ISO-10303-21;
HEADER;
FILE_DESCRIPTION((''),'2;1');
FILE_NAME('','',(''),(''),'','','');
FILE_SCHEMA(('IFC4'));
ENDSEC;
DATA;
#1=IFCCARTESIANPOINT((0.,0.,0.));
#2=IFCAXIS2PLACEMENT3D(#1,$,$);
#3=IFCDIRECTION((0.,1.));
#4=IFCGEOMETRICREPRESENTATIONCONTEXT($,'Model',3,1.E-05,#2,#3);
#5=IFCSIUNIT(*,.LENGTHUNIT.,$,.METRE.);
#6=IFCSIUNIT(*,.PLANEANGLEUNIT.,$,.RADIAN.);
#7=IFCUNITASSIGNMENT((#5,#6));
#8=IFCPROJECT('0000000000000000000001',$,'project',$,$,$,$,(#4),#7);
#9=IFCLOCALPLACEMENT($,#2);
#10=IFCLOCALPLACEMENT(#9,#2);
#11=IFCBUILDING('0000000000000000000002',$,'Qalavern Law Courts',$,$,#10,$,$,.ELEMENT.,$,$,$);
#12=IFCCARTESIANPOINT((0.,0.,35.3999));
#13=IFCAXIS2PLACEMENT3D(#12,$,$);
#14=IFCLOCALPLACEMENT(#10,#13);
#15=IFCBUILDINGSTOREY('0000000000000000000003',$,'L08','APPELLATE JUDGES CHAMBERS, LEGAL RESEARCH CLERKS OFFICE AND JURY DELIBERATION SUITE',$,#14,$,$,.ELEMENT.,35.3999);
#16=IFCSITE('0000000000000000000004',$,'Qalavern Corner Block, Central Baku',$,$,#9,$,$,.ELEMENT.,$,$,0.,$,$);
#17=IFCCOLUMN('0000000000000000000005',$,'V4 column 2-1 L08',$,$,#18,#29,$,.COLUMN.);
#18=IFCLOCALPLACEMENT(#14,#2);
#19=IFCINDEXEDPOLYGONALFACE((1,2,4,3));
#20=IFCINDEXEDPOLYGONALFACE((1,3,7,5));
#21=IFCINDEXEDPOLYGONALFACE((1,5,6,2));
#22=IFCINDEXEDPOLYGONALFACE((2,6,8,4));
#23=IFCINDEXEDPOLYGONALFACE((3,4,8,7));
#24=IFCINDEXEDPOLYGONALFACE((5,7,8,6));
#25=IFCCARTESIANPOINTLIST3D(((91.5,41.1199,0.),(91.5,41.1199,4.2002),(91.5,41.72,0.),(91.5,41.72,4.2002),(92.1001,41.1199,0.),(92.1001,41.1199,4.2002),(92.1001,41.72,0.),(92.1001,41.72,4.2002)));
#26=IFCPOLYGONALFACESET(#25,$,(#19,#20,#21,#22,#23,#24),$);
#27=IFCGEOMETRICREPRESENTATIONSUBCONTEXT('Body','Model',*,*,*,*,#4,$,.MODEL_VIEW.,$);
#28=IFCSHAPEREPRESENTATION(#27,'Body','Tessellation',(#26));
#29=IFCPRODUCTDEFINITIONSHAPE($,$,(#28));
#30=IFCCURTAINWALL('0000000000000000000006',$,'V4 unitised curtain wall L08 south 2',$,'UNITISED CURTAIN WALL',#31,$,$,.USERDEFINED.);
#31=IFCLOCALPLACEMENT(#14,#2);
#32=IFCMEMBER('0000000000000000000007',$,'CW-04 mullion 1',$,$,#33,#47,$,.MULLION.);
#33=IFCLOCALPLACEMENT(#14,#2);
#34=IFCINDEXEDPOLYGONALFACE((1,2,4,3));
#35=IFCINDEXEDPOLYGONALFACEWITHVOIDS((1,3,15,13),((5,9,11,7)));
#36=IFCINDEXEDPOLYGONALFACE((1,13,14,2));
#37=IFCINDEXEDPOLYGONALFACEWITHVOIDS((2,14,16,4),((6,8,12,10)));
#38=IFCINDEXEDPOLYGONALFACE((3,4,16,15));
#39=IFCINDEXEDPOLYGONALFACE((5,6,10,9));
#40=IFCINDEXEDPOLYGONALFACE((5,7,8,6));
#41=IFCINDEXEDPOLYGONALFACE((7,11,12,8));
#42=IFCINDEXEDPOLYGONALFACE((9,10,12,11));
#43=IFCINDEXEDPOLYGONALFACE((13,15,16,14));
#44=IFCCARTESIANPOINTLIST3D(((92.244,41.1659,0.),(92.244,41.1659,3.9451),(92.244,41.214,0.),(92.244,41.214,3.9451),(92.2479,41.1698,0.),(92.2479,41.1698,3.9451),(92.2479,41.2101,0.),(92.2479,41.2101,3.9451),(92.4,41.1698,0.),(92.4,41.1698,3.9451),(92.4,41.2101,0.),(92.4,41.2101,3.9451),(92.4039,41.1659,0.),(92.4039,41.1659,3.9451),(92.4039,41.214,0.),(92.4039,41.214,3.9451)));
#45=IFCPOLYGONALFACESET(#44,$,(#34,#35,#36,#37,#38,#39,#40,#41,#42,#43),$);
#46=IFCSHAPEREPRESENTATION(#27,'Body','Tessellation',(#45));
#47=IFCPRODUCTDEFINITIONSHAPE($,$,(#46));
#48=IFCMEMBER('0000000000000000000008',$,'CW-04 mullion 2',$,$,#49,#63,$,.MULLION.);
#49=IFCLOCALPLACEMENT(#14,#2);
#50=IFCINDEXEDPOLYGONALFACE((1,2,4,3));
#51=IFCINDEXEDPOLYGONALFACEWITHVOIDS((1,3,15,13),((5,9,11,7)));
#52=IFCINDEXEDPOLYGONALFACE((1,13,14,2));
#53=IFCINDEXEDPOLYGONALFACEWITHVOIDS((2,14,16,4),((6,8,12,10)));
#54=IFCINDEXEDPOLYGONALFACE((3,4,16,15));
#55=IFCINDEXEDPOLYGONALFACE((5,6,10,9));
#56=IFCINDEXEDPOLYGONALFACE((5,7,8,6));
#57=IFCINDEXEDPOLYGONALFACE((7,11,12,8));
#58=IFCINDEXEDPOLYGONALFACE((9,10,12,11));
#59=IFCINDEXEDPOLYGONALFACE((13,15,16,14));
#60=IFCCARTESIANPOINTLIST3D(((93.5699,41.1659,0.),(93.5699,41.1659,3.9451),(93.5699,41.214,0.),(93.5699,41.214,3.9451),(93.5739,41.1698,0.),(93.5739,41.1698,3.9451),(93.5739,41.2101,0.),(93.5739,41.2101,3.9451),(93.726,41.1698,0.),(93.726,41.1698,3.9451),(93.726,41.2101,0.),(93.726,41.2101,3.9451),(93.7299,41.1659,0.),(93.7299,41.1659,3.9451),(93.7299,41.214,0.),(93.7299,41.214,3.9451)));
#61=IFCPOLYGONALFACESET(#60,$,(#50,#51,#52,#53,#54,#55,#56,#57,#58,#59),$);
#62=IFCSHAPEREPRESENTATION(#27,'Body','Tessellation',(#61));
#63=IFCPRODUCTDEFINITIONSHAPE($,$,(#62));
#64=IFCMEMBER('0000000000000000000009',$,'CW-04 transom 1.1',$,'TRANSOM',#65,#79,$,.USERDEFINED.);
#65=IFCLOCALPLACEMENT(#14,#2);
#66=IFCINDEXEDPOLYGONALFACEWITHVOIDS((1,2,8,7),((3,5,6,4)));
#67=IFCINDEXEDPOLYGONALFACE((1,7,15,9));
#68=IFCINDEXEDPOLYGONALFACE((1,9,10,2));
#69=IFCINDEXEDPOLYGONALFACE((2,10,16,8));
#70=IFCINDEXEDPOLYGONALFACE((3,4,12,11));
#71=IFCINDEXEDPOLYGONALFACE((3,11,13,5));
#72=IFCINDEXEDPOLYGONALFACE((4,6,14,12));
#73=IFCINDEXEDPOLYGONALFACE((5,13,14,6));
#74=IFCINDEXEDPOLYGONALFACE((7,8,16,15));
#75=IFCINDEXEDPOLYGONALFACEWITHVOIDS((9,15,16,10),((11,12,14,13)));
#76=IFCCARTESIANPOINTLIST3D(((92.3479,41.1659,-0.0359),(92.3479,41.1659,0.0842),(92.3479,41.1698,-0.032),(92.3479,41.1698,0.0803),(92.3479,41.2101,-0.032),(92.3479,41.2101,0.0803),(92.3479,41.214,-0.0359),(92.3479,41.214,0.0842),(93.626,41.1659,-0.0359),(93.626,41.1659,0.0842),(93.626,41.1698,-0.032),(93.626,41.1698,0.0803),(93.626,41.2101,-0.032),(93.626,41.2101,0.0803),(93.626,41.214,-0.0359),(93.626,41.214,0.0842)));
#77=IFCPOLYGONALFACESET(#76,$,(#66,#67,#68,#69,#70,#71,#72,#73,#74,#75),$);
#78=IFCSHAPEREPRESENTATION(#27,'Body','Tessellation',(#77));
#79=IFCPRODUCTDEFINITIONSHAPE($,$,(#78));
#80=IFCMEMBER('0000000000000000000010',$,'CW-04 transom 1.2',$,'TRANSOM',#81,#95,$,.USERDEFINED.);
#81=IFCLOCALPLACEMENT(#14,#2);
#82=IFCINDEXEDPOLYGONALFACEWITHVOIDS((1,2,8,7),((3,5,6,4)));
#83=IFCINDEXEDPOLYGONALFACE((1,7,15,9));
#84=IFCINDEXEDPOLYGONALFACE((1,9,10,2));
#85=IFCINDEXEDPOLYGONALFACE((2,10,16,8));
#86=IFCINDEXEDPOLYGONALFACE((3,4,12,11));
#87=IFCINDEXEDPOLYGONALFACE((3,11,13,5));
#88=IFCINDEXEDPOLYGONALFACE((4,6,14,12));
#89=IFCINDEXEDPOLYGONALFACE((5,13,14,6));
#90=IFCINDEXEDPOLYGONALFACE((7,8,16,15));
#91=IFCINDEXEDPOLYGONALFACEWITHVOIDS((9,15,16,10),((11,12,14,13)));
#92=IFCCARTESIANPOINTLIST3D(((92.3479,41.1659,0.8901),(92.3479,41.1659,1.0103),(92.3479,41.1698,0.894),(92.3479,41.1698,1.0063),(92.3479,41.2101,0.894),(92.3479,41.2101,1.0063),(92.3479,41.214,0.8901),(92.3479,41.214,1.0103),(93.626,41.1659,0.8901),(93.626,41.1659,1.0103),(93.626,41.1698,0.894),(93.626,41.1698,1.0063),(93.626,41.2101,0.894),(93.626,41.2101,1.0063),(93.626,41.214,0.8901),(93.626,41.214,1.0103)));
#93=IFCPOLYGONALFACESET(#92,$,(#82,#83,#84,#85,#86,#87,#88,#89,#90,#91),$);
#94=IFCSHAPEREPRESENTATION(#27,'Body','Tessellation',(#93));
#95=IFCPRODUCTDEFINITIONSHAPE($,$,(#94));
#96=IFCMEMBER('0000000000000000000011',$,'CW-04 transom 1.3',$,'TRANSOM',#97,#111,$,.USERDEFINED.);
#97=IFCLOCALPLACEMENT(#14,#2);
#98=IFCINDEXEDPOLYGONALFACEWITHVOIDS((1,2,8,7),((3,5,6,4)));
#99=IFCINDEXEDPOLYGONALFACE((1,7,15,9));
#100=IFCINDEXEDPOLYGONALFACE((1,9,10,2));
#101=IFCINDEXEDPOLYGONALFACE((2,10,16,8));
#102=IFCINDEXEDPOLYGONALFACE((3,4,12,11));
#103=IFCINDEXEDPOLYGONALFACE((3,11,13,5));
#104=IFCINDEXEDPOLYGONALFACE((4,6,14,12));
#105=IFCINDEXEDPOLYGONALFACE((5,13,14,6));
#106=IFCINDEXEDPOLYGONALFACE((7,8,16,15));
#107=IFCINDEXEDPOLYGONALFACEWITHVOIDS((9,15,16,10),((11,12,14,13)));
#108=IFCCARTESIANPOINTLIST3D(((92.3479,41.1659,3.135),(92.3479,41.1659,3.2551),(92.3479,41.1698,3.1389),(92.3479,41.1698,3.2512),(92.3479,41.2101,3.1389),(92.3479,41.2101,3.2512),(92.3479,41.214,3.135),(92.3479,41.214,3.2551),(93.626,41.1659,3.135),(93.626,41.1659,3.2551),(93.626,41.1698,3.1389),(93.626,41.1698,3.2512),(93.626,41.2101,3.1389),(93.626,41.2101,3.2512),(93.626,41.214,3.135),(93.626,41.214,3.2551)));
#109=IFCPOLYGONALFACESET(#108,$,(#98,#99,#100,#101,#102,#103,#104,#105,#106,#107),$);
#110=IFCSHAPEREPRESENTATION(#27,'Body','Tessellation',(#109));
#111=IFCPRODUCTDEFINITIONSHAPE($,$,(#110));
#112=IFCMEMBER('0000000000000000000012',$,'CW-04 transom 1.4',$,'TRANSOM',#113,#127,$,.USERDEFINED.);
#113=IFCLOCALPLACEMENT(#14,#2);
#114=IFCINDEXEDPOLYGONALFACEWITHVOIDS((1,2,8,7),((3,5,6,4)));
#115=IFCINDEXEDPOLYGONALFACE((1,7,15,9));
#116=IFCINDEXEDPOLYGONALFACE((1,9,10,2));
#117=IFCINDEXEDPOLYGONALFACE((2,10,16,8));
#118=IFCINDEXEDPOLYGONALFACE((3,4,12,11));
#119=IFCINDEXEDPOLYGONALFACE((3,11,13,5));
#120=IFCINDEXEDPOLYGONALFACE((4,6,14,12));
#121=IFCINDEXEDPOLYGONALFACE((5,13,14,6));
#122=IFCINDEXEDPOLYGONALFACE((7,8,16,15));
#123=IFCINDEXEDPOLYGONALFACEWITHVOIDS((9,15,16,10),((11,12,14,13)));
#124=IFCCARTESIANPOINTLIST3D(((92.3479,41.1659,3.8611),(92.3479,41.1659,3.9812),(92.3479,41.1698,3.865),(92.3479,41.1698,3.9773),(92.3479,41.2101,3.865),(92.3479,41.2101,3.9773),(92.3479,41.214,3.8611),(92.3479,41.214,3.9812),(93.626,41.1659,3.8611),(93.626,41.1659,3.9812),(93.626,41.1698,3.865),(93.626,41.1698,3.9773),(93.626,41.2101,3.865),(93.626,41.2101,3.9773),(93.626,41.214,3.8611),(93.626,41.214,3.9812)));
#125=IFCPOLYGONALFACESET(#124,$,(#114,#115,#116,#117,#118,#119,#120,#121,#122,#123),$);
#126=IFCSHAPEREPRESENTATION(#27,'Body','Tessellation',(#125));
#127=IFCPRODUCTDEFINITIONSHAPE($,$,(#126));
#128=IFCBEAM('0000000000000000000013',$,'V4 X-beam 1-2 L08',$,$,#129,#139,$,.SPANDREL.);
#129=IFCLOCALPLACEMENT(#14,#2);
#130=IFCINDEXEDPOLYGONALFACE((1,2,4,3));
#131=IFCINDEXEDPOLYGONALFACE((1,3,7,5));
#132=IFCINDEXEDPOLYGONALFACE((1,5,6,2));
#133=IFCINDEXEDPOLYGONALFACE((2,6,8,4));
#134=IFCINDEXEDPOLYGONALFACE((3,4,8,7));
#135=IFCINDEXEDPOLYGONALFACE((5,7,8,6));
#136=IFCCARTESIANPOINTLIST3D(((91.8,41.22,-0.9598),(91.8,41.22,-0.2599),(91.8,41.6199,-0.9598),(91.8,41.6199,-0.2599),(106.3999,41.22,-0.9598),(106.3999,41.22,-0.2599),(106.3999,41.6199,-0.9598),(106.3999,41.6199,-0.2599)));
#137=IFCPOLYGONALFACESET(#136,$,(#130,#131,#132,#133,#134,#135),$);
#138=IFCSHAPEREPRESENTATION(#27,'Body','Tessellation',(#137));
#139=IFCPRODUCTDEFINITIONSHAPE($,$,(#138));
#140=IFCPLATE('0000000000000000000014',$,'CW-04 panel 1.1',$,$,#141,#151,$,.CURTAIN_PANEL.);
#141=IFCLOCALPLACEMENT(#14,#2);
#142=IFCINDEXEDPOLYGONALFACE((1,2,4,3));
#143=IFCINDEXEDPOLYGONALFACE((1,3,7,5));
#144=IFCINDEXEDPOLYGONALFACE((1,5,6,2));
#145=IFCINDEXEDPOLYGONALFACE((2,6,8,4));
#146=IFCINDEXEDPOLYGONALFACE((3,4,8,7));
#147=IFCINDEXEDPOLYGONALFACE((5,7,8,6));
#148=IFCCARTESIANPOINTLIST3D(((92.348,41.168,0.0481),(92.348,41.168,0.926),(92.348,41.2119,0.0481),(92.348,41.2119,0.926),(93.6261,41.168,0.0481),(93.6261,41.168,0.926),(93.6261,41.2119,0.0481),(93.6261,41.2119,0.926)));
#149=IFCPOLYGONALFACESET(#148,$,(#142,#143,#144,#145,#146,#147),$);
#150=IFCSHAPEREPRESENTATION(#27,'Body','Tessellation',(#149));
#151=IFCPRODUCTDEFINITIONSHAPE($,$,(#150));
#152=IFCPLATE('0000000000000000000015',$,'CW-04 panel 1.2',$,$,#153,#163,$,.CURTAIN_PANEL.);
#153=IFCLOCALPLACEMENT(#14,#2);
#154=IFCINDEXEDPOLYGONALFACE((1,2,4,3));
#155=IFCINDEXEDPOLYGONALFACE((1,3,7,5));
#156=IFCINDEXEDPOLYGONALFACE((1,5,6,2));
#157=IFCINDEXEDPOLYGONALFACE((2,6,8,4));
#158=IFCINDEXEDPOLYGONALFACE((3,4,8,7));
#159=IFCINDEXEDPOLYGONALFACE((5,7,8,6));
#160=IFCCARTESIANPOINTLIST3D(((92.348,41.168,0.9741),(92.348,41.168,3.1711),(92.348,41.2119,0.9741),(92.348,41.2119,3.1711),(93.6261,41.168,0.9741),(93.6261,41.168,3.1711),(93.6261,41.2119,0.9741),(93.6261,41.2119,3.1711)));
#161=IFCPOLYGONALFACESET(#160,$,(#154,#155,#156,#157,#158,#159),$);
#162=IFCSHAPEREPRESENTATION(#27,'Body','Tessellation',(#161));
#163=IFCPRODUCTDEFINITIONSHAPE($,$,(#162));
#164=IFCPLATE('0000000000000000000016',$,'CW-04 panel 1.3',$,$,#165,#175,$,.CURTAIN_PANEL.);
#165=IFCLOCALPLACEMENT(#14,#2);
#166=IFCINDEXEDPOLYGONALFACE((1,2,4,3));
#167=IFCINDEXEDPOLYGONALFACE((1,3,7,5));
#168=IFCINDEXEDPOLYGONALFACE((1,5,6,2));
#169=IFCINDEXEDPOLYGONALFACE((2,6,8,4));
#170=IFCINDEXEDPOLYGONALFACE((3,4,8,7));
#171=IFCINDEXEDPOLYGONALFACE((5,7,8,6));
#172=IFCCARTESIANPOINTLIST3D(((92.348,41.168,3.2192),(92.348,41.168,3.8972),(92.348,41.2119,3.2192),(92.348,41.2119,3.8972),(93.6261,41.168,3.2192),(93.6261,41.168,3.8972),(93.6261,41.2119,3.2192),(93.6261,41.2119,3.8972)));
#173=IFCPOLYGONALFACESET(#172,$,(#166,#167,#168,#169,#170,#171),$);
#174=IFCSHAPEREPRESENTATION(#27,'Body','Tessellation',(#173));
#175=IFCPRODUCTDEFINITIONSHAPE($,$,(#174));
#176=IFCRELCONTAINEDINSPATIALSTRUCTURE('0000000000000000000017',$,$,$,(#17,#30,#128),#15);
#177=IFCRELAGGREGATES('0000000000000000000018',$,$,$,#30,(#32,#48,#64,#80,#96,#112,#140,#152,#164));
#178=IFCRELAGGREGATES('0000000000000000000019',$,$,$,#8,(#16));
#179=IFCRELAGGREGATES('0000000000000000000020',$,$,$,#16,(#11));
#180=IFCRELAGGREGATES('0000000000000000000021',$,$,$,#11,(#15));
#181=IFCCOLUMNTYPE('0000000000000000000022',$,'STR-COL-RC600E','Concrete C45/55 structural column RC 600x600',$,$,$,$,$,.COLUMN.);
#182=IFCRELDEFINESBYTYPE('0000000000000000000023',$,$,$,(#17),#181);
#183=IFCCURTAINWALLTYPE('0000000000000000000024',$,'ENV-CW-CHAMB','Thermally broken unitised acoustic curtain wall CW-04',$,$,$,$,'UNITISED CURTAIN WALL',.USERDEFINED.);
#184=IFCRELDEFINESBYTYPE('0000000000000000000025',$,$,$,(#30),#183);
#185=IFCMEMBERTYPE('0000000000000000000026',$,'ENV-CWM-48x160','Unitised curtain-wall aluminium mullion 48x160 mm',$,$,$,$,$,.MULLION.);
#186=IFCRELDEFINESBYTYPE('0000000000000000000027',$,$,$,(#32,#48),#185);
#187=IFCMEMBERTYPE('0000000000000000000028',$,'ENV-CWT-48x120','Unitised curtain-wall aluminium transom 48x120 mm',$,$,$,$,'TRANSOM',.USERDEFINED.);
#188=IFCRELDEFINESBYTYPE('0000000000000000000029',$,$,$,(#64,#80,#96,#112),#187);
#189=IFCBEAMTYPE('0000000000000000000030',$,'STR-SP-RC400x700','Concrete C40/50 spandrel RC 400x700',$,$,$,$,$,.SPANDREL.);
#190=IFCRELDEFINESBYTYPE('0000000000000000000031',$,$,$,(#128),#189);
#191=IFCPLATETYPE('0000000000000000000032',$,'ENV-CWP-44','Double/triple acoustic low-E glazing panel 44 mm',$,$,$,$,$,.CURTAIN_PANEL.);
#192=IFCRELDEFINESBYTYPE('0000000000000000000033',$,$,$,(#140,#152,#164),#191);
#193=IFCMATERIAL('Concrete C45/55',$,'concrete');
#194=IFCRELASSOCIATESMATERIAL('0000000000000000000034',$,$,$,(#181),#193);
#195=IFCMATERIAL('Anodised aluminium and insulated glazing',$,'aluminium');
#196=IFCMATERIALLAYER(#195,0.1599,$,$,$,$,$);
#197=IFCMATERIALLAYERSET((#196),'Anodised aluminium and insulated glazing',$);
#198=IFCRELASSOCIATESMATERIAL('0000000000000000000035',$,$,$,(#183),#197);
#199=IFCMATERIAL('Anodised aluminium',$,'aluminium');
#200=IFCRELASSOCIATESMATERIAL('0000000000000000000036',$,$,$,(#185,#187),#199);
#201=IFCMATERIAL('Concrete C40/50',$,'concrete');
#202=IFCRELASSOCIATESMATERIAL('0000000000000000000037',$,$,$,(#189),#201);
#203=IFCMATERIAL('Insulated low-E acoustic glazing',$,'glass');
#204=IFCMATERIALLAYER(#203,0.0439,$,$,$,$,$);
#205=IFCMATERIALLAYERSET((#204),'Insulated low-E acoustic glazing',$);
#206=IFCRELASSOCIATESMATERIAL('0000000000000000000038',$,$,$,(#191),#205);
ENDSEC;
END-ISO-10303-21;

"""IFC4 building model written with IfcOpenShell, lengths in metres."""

from ifc_helpers import new_model, si_unit, direction, frame, origin, origin_2d, place, context, subcontext, project, spatial, rectangle, hollow_rectangle, extrude, material, layer, layer_set, material_profile, profile_set, type_object, element, aggregate, save


model = new_model("IFC4")

# Units and contexts
model_context = context("Model", 3, precision=1e-05, world=origin(), true_north=direction((0.0, 1.0)))
body_context = subcontext(model_context, "Body", "Model", "MODEL_VIEW")
ifc_project = project(units=[si_unit("LENGTHUNIT", "METRE"), si_unit("PLANEANGLEUNIT", "RADIAN")], contexts=[model_context])

# Site, building, storey
site_placement = place(None, origin())
site = spatial("IfcSite", under=ifc_project, at=site_placement, Name="Qalavern Corner Block, Central Baku", CompositionType="ELEMENT", RefElevation=0.0)
building_placement = place(site_placement, origin())
building = spatial("IfcBuilding", under=site, at=building_placement, Name="Qalavern Law Courts", CompositionType="ELEMENT")
storey_placement = place(building_placement, frame((0.0, 0.0, 35.3999)))
storey = spatial("IfcBuildingStorey", under=building, at=storey_placement, Name="L08", Description="APPELLATE JUDGES CHAMBERS, LEGAL RESEARCH CLERKS OFFICE AND JURY DELIBERATION SUITE", CompositionType="ELEMENT", Elevation=35.3999)

# Column
ifc_material_1 = material(Name="Concrete C45/55", Category="concrete")
ifc_material_profile_1 = material_profile(ifc_material_1, rectangle(XDim=0.6001, YDim=0.6001, at=origin_2d()), Name="RC 600x600")
ifc_profile_set_1 = profile_set([ifc_material_profile_1], Name="Concrete C45/55")
column_type = type_object("IfcColumnType", Name="STR-COL-RC600E", Description="Concrete C45/55 structural column RC 600x600", PredefinedType="COLUMN", material=ifc_profile_set_1)
column_placement = place(storey_placement, frame((91.8, 41.4199, 0.0), z_axis=(0.0, 0.0, 1.0), x_axis=(1.0, 0.0, 0.0)))
element("IfcColumn", 1, at=column_placement, inside=storey, type_object=column_type, Name="V4 column 2-1 L08", PredefinedType="COLUMN", context=body_context, shape_type="SweptSolid", body=[
    extrude(rectangle(XDim=0.6001, YDim=0.6001, at=origin_2d()), origin(), (0.0, 0.0, 1.0), 4.2002),
])

# Curtain wall, members
ifc_material_2 = material(Name="Anodised aluminium and insulated glazing", Category="aluminium")
ifc_layer_1 = layer(ifc_material_2, 0.1599)
ifc_layer_set_1 = layer_set([ifc_layer_1], Name="Anodised aluminium and insulated glazing")
curtain_wall_type = type_object("IfcCurtainWallType", Name="ENV-CW-CHAMB", Description="Thermally broken unitised acoustic curtain wall CW-04", ElementType="UNITISED CURTAIN WALL", PredefinedType="USERDEFINED", material=ifc_layer_set_1)
curtain_wall_placement = place(storey_placement, origin())
curtain_wall = element("IfcCurtainWall", 2, at=curtain_wall_placement, inside=storey, type_object=curtain_wall_type, Name="V4 unitised curtain wall L08 south 2", ObjectType="UNITISED CURTAIN WALL", PredefinedType="USERDEFINED")
ifc_material_3 = material(Name="Anodised aluminium", Category="aluminium")
ifc_material_profile_2 = material_profile(ifc_material_3, hollow_rectangle(XDim=0.0481, YDim=0.1599, WallThickness=0.0039, at=origin_2d()), Name="ALU MULLION 48x160")
ifc_profile_set_2 = profile_set([ifc_material_profile_2], Name="Anodised aluminium")
member_type_1 = type_object("IfcMemberType", Name="ENV-CWM-48x160", Description="Unitised curtain-wall aluminium mullion 48x160 mm", PredefinedType="MULLION", material=ifc_profile_set_2)
member_1_placement = place(storey_placement, frame((92.324, 41.1899, 0.0), z_axis=(0.0, 0.0, 1.0), x_axis=(0.0, 1.0, 0.0)))
member_1 = element("IfcMember", 3, at=member_1_placement, type_object=member_type_1, Name="CW-04 mullion 1", PredefinedType="MULLION", context=body_context, shape_type="SweptSolid", body=[
    extrude(hollow_rectangle(XDim=0.0481, YDim=0.1599, WallThickness=0.0039, at=origin_2d()), origin(), (0.0, 0.0, 1.0), 3.9451),
])
member_2_placement = place(storey_placement, frame((93.6499, 41.1899, 0.0), z_axis=(0.0, 0.0, 1.0), x_axis=(0.0, 1.0, 0.0)))
member_2 = element("IfcMember", 4, at=member_2_placement, type_object=member_type_1, Name="CW-04 mullion 2", PredefinedType="MULLION", context=body_context, shape_type="SweptSolid", body=[
    extrude(hollow_rectangle(XDim=0.0481, YDim=0.1599, WallThickness=0.0039, at=origin_2d()), origin(), (0.0, 0.0, 1.0), 3.9451),
])
ifc_material_profile_3 = material_profile(ifc_material_3, hollow_rectangle(XDim=0.0481, YDim=0.1201, WallThickness=0.0039, at=origin_2d()), Name="ALU TRANSOM 48x120")
ifc_profile_set_3 = profile_set([ifc_material_profile_3], Name="Anodised aluminium")
member_type_2 = type_object("IfcMemberType", Name="ENV-CWT-48x120", Description="Unitised curtain-wall aluminium transom 48x120 mm", ElementType="TRANSOM", PredefinedType="USERDEFINED", material=ifc_profile_set_3)
member_3_placement = place(storey_placement, frame((92.3479, 41.1899, 0.0242), z_axis=(1.0, 0.0, 0.0), x_axis=(0.0, 1.0, 0.0)))
member_3 = element("IfcMember", 5, at=member_3_placement, type_object=member_type_2, Name="CW-04 transom 1.1", ObjectType="TRANSOM", PredefinedType="USERDEFINED", context=body_context, shape_type="SweptSolid", body=[
    extrude(hollow_rectangle(XDim=0.0481, YDim=0.1201, WallThickness=0.0039, at=origin_2d()), origin(), (0.0, 0.0, 1.0), 1.2781),
])
member_4_placement = place(storey_placement, frame((92.3479, 41.1899, 0.9502), z_axis=(1.0, 0.0, 0.0), x_axis=(0.0, 1.0, 0.0)))
member_4 = element("IfcMember", 6, at=member_4_placement, type_object=member_type_2, Name="CW-04 transom 1.2", ObjectType="TRANSOM", PredefinedType="USERDEFINED", context=body_context, shape_type="SweptSolid", body=[
    extrude(hollow_rectangle(XDim=0.0481, YDim=0.1201, WallThickness=0.0039, at=origin_2d()), origin(), (0.0, 0.0, 1.0), 1.2781),
])
member_5_placement = place(storey_placement, frame((92.3479, 41.1899, 3.1951), z_axis=(1.0, 0.0, 0.0), x_axis=(0.0, 1.0, 0.0)))
member_5 = element("IfcMember", 7, at=member_5_placement, type_object=member_type_2, Name="CW-04 transom 1.3", ObjectType="TRANSOM", PredefinedType="USERDEFINED", context=body_context, shape_type="SweptSolid", body=[
    extrude(hollow_rectangle(XDim=0.0481, YDim=0.1201, WallThickness=0.0039, at=origin_2d()), origin(), (0.0, 0.0, 1.0), 1.2781),
])
member_6_placement = place(storey_placement, frame((92.3479, 41.1899, 3.9211), z_axis=(1.0, 0.0, 0.0), x_axis=(0.0, 1.0, 0.0)))
member_6 = element("IfcMember", 8, at=member_6_placement, type_object=member_type_2, Name="CW-04 transom 1.4", ObjectType="TRANSOM", PredefinedType="USERDEFINED", context=body_context, shape_type="SweptSolid", body=[
    extrude(hollow_rectangle(XDim=0.0481, YDim=0.1201, WallThickness=0.0039, at=origin_2d()), origin(), (0.0, 0.0, 1.0), 1.2781),
])

# Beam
ifc_material_4 = material(Name="Concrete C40/50", Category="concrete")
ifc_material_profile_4 = material_profile(ifc_material_4, rectangle(XDim=0.3999, YDim=0.7, at=origin_2d()), Name="RC 400x700")
ifc_profile_set_4 = profile_set([ifc_material_profile_4], Name="Concrete C40/50")
beam_type = type_object("IfcBeamType", Name="STR-SP-RC400x700", Description="Concrete C40/50 spandrel RC 400x700", PredefinedType="SPANDREL", material=ifc_profile_set_4)
beam_placement = place(storey_placement, frame((91.8, 41.4199, -0.6099), z_axis=(1.0, 0.0, 0.0), x_axis=(0.0, 1.0, 0.0)))
element("IfcBeam", 9, at=beam_placement, inside=storey, type_object=beam_type, Name="V4 X-beam 1-2 L08", PredefinedType="SPANDREL", context=body_context, shape_type="SweptSolid", body=[
    extrude(rectangle(XDim=0.3999, YDim=0.7, at=origin_2d()), origin(), (0.0, 0.0, 1.0), 14.5999),
])

# Plates
ifc_material_5 = material(Name="Insulated low-E acoustic glazing", Category="glass")
ifc_layer_2 = layer(ifc_material_5, 0.0439)
ifc_layer_set_2 = layer_set([ifc_layer_2], Name="Insulated low-E acoustic glazing")
plate_type = type_object("IfcPlateType", Name="ENV-CWP-44", Description="Double/triple acoustic low-E glazing panel 44 mm", PredefinedType="CURTAIN_PANEL", material=ifc_layer_set_2)
plate_1_placement = place(storey_placement, frame((92.9871, 41.1899, 0.0481), z_axis=(0.0, 0.0, 1.0), x_axis=(1.0, 0.0, 0.0)))
plate_1 = element("IfcPlate", 10, at=plate_1_placement, type_object=plate_type, Name="CW-04 panel 1.1", PredefinedType="CURTAIN_PANEL", context=body_context, shape_type="SweptSolid", body=[
    extrude(rectangle(XDim=1.2781, YDim=0.0439, at=origin_2d()), origin(), (0.0, 0.0, 1.0), 0.8779),
])
plate_2_placement = place(storey_placement, frame((92.9871, 41.1899, 0.9741), z_axis=(0.0, 0.0, 1.0), x_axis=(1.0, 0.0, 0.0)))
plate_2 = element("IfcPlate", 11, at=plate_2_placement, type_object=plate_type, Name="CW-04 panel 1.2", PredefinedType="CURTAIN_PANEL", context=body_context, shape_type="SweptSolid", body=[
    extrude(rectangle(XDim=1.2781, YDim=0.0439, at=origin_2d()), origin(), (0.0, 0.0, 1.0), 2.197),
])
plate_3_placement = place(storey_placement, frame((92.9871, 41.1899, 3.2192), z_axis=(0.0, 0.0, 1.0), x_axis=(1.0, 0.0, 0.0)))
plate_3 = element("IfcPlate", 12, at=plate_3_placement, type_object=plate_type, Name="CW-04 panel 1.3", PredefinedType="CURTAIN_PANEL", context=body_context, shape_type="SweptSolid", body=[
    extrude(rectangle(XDim=1.2781, YDim=0.0439, at=origin_2d()), origin(), (0.0, 0.0, 1.0), 0.678),
])
aggregate(curtain_wall, [member_1, member_2, member_3, member_4, member_5, member_6, plate_1, plate_2, plate_3])

save(model, "model.ifc")
